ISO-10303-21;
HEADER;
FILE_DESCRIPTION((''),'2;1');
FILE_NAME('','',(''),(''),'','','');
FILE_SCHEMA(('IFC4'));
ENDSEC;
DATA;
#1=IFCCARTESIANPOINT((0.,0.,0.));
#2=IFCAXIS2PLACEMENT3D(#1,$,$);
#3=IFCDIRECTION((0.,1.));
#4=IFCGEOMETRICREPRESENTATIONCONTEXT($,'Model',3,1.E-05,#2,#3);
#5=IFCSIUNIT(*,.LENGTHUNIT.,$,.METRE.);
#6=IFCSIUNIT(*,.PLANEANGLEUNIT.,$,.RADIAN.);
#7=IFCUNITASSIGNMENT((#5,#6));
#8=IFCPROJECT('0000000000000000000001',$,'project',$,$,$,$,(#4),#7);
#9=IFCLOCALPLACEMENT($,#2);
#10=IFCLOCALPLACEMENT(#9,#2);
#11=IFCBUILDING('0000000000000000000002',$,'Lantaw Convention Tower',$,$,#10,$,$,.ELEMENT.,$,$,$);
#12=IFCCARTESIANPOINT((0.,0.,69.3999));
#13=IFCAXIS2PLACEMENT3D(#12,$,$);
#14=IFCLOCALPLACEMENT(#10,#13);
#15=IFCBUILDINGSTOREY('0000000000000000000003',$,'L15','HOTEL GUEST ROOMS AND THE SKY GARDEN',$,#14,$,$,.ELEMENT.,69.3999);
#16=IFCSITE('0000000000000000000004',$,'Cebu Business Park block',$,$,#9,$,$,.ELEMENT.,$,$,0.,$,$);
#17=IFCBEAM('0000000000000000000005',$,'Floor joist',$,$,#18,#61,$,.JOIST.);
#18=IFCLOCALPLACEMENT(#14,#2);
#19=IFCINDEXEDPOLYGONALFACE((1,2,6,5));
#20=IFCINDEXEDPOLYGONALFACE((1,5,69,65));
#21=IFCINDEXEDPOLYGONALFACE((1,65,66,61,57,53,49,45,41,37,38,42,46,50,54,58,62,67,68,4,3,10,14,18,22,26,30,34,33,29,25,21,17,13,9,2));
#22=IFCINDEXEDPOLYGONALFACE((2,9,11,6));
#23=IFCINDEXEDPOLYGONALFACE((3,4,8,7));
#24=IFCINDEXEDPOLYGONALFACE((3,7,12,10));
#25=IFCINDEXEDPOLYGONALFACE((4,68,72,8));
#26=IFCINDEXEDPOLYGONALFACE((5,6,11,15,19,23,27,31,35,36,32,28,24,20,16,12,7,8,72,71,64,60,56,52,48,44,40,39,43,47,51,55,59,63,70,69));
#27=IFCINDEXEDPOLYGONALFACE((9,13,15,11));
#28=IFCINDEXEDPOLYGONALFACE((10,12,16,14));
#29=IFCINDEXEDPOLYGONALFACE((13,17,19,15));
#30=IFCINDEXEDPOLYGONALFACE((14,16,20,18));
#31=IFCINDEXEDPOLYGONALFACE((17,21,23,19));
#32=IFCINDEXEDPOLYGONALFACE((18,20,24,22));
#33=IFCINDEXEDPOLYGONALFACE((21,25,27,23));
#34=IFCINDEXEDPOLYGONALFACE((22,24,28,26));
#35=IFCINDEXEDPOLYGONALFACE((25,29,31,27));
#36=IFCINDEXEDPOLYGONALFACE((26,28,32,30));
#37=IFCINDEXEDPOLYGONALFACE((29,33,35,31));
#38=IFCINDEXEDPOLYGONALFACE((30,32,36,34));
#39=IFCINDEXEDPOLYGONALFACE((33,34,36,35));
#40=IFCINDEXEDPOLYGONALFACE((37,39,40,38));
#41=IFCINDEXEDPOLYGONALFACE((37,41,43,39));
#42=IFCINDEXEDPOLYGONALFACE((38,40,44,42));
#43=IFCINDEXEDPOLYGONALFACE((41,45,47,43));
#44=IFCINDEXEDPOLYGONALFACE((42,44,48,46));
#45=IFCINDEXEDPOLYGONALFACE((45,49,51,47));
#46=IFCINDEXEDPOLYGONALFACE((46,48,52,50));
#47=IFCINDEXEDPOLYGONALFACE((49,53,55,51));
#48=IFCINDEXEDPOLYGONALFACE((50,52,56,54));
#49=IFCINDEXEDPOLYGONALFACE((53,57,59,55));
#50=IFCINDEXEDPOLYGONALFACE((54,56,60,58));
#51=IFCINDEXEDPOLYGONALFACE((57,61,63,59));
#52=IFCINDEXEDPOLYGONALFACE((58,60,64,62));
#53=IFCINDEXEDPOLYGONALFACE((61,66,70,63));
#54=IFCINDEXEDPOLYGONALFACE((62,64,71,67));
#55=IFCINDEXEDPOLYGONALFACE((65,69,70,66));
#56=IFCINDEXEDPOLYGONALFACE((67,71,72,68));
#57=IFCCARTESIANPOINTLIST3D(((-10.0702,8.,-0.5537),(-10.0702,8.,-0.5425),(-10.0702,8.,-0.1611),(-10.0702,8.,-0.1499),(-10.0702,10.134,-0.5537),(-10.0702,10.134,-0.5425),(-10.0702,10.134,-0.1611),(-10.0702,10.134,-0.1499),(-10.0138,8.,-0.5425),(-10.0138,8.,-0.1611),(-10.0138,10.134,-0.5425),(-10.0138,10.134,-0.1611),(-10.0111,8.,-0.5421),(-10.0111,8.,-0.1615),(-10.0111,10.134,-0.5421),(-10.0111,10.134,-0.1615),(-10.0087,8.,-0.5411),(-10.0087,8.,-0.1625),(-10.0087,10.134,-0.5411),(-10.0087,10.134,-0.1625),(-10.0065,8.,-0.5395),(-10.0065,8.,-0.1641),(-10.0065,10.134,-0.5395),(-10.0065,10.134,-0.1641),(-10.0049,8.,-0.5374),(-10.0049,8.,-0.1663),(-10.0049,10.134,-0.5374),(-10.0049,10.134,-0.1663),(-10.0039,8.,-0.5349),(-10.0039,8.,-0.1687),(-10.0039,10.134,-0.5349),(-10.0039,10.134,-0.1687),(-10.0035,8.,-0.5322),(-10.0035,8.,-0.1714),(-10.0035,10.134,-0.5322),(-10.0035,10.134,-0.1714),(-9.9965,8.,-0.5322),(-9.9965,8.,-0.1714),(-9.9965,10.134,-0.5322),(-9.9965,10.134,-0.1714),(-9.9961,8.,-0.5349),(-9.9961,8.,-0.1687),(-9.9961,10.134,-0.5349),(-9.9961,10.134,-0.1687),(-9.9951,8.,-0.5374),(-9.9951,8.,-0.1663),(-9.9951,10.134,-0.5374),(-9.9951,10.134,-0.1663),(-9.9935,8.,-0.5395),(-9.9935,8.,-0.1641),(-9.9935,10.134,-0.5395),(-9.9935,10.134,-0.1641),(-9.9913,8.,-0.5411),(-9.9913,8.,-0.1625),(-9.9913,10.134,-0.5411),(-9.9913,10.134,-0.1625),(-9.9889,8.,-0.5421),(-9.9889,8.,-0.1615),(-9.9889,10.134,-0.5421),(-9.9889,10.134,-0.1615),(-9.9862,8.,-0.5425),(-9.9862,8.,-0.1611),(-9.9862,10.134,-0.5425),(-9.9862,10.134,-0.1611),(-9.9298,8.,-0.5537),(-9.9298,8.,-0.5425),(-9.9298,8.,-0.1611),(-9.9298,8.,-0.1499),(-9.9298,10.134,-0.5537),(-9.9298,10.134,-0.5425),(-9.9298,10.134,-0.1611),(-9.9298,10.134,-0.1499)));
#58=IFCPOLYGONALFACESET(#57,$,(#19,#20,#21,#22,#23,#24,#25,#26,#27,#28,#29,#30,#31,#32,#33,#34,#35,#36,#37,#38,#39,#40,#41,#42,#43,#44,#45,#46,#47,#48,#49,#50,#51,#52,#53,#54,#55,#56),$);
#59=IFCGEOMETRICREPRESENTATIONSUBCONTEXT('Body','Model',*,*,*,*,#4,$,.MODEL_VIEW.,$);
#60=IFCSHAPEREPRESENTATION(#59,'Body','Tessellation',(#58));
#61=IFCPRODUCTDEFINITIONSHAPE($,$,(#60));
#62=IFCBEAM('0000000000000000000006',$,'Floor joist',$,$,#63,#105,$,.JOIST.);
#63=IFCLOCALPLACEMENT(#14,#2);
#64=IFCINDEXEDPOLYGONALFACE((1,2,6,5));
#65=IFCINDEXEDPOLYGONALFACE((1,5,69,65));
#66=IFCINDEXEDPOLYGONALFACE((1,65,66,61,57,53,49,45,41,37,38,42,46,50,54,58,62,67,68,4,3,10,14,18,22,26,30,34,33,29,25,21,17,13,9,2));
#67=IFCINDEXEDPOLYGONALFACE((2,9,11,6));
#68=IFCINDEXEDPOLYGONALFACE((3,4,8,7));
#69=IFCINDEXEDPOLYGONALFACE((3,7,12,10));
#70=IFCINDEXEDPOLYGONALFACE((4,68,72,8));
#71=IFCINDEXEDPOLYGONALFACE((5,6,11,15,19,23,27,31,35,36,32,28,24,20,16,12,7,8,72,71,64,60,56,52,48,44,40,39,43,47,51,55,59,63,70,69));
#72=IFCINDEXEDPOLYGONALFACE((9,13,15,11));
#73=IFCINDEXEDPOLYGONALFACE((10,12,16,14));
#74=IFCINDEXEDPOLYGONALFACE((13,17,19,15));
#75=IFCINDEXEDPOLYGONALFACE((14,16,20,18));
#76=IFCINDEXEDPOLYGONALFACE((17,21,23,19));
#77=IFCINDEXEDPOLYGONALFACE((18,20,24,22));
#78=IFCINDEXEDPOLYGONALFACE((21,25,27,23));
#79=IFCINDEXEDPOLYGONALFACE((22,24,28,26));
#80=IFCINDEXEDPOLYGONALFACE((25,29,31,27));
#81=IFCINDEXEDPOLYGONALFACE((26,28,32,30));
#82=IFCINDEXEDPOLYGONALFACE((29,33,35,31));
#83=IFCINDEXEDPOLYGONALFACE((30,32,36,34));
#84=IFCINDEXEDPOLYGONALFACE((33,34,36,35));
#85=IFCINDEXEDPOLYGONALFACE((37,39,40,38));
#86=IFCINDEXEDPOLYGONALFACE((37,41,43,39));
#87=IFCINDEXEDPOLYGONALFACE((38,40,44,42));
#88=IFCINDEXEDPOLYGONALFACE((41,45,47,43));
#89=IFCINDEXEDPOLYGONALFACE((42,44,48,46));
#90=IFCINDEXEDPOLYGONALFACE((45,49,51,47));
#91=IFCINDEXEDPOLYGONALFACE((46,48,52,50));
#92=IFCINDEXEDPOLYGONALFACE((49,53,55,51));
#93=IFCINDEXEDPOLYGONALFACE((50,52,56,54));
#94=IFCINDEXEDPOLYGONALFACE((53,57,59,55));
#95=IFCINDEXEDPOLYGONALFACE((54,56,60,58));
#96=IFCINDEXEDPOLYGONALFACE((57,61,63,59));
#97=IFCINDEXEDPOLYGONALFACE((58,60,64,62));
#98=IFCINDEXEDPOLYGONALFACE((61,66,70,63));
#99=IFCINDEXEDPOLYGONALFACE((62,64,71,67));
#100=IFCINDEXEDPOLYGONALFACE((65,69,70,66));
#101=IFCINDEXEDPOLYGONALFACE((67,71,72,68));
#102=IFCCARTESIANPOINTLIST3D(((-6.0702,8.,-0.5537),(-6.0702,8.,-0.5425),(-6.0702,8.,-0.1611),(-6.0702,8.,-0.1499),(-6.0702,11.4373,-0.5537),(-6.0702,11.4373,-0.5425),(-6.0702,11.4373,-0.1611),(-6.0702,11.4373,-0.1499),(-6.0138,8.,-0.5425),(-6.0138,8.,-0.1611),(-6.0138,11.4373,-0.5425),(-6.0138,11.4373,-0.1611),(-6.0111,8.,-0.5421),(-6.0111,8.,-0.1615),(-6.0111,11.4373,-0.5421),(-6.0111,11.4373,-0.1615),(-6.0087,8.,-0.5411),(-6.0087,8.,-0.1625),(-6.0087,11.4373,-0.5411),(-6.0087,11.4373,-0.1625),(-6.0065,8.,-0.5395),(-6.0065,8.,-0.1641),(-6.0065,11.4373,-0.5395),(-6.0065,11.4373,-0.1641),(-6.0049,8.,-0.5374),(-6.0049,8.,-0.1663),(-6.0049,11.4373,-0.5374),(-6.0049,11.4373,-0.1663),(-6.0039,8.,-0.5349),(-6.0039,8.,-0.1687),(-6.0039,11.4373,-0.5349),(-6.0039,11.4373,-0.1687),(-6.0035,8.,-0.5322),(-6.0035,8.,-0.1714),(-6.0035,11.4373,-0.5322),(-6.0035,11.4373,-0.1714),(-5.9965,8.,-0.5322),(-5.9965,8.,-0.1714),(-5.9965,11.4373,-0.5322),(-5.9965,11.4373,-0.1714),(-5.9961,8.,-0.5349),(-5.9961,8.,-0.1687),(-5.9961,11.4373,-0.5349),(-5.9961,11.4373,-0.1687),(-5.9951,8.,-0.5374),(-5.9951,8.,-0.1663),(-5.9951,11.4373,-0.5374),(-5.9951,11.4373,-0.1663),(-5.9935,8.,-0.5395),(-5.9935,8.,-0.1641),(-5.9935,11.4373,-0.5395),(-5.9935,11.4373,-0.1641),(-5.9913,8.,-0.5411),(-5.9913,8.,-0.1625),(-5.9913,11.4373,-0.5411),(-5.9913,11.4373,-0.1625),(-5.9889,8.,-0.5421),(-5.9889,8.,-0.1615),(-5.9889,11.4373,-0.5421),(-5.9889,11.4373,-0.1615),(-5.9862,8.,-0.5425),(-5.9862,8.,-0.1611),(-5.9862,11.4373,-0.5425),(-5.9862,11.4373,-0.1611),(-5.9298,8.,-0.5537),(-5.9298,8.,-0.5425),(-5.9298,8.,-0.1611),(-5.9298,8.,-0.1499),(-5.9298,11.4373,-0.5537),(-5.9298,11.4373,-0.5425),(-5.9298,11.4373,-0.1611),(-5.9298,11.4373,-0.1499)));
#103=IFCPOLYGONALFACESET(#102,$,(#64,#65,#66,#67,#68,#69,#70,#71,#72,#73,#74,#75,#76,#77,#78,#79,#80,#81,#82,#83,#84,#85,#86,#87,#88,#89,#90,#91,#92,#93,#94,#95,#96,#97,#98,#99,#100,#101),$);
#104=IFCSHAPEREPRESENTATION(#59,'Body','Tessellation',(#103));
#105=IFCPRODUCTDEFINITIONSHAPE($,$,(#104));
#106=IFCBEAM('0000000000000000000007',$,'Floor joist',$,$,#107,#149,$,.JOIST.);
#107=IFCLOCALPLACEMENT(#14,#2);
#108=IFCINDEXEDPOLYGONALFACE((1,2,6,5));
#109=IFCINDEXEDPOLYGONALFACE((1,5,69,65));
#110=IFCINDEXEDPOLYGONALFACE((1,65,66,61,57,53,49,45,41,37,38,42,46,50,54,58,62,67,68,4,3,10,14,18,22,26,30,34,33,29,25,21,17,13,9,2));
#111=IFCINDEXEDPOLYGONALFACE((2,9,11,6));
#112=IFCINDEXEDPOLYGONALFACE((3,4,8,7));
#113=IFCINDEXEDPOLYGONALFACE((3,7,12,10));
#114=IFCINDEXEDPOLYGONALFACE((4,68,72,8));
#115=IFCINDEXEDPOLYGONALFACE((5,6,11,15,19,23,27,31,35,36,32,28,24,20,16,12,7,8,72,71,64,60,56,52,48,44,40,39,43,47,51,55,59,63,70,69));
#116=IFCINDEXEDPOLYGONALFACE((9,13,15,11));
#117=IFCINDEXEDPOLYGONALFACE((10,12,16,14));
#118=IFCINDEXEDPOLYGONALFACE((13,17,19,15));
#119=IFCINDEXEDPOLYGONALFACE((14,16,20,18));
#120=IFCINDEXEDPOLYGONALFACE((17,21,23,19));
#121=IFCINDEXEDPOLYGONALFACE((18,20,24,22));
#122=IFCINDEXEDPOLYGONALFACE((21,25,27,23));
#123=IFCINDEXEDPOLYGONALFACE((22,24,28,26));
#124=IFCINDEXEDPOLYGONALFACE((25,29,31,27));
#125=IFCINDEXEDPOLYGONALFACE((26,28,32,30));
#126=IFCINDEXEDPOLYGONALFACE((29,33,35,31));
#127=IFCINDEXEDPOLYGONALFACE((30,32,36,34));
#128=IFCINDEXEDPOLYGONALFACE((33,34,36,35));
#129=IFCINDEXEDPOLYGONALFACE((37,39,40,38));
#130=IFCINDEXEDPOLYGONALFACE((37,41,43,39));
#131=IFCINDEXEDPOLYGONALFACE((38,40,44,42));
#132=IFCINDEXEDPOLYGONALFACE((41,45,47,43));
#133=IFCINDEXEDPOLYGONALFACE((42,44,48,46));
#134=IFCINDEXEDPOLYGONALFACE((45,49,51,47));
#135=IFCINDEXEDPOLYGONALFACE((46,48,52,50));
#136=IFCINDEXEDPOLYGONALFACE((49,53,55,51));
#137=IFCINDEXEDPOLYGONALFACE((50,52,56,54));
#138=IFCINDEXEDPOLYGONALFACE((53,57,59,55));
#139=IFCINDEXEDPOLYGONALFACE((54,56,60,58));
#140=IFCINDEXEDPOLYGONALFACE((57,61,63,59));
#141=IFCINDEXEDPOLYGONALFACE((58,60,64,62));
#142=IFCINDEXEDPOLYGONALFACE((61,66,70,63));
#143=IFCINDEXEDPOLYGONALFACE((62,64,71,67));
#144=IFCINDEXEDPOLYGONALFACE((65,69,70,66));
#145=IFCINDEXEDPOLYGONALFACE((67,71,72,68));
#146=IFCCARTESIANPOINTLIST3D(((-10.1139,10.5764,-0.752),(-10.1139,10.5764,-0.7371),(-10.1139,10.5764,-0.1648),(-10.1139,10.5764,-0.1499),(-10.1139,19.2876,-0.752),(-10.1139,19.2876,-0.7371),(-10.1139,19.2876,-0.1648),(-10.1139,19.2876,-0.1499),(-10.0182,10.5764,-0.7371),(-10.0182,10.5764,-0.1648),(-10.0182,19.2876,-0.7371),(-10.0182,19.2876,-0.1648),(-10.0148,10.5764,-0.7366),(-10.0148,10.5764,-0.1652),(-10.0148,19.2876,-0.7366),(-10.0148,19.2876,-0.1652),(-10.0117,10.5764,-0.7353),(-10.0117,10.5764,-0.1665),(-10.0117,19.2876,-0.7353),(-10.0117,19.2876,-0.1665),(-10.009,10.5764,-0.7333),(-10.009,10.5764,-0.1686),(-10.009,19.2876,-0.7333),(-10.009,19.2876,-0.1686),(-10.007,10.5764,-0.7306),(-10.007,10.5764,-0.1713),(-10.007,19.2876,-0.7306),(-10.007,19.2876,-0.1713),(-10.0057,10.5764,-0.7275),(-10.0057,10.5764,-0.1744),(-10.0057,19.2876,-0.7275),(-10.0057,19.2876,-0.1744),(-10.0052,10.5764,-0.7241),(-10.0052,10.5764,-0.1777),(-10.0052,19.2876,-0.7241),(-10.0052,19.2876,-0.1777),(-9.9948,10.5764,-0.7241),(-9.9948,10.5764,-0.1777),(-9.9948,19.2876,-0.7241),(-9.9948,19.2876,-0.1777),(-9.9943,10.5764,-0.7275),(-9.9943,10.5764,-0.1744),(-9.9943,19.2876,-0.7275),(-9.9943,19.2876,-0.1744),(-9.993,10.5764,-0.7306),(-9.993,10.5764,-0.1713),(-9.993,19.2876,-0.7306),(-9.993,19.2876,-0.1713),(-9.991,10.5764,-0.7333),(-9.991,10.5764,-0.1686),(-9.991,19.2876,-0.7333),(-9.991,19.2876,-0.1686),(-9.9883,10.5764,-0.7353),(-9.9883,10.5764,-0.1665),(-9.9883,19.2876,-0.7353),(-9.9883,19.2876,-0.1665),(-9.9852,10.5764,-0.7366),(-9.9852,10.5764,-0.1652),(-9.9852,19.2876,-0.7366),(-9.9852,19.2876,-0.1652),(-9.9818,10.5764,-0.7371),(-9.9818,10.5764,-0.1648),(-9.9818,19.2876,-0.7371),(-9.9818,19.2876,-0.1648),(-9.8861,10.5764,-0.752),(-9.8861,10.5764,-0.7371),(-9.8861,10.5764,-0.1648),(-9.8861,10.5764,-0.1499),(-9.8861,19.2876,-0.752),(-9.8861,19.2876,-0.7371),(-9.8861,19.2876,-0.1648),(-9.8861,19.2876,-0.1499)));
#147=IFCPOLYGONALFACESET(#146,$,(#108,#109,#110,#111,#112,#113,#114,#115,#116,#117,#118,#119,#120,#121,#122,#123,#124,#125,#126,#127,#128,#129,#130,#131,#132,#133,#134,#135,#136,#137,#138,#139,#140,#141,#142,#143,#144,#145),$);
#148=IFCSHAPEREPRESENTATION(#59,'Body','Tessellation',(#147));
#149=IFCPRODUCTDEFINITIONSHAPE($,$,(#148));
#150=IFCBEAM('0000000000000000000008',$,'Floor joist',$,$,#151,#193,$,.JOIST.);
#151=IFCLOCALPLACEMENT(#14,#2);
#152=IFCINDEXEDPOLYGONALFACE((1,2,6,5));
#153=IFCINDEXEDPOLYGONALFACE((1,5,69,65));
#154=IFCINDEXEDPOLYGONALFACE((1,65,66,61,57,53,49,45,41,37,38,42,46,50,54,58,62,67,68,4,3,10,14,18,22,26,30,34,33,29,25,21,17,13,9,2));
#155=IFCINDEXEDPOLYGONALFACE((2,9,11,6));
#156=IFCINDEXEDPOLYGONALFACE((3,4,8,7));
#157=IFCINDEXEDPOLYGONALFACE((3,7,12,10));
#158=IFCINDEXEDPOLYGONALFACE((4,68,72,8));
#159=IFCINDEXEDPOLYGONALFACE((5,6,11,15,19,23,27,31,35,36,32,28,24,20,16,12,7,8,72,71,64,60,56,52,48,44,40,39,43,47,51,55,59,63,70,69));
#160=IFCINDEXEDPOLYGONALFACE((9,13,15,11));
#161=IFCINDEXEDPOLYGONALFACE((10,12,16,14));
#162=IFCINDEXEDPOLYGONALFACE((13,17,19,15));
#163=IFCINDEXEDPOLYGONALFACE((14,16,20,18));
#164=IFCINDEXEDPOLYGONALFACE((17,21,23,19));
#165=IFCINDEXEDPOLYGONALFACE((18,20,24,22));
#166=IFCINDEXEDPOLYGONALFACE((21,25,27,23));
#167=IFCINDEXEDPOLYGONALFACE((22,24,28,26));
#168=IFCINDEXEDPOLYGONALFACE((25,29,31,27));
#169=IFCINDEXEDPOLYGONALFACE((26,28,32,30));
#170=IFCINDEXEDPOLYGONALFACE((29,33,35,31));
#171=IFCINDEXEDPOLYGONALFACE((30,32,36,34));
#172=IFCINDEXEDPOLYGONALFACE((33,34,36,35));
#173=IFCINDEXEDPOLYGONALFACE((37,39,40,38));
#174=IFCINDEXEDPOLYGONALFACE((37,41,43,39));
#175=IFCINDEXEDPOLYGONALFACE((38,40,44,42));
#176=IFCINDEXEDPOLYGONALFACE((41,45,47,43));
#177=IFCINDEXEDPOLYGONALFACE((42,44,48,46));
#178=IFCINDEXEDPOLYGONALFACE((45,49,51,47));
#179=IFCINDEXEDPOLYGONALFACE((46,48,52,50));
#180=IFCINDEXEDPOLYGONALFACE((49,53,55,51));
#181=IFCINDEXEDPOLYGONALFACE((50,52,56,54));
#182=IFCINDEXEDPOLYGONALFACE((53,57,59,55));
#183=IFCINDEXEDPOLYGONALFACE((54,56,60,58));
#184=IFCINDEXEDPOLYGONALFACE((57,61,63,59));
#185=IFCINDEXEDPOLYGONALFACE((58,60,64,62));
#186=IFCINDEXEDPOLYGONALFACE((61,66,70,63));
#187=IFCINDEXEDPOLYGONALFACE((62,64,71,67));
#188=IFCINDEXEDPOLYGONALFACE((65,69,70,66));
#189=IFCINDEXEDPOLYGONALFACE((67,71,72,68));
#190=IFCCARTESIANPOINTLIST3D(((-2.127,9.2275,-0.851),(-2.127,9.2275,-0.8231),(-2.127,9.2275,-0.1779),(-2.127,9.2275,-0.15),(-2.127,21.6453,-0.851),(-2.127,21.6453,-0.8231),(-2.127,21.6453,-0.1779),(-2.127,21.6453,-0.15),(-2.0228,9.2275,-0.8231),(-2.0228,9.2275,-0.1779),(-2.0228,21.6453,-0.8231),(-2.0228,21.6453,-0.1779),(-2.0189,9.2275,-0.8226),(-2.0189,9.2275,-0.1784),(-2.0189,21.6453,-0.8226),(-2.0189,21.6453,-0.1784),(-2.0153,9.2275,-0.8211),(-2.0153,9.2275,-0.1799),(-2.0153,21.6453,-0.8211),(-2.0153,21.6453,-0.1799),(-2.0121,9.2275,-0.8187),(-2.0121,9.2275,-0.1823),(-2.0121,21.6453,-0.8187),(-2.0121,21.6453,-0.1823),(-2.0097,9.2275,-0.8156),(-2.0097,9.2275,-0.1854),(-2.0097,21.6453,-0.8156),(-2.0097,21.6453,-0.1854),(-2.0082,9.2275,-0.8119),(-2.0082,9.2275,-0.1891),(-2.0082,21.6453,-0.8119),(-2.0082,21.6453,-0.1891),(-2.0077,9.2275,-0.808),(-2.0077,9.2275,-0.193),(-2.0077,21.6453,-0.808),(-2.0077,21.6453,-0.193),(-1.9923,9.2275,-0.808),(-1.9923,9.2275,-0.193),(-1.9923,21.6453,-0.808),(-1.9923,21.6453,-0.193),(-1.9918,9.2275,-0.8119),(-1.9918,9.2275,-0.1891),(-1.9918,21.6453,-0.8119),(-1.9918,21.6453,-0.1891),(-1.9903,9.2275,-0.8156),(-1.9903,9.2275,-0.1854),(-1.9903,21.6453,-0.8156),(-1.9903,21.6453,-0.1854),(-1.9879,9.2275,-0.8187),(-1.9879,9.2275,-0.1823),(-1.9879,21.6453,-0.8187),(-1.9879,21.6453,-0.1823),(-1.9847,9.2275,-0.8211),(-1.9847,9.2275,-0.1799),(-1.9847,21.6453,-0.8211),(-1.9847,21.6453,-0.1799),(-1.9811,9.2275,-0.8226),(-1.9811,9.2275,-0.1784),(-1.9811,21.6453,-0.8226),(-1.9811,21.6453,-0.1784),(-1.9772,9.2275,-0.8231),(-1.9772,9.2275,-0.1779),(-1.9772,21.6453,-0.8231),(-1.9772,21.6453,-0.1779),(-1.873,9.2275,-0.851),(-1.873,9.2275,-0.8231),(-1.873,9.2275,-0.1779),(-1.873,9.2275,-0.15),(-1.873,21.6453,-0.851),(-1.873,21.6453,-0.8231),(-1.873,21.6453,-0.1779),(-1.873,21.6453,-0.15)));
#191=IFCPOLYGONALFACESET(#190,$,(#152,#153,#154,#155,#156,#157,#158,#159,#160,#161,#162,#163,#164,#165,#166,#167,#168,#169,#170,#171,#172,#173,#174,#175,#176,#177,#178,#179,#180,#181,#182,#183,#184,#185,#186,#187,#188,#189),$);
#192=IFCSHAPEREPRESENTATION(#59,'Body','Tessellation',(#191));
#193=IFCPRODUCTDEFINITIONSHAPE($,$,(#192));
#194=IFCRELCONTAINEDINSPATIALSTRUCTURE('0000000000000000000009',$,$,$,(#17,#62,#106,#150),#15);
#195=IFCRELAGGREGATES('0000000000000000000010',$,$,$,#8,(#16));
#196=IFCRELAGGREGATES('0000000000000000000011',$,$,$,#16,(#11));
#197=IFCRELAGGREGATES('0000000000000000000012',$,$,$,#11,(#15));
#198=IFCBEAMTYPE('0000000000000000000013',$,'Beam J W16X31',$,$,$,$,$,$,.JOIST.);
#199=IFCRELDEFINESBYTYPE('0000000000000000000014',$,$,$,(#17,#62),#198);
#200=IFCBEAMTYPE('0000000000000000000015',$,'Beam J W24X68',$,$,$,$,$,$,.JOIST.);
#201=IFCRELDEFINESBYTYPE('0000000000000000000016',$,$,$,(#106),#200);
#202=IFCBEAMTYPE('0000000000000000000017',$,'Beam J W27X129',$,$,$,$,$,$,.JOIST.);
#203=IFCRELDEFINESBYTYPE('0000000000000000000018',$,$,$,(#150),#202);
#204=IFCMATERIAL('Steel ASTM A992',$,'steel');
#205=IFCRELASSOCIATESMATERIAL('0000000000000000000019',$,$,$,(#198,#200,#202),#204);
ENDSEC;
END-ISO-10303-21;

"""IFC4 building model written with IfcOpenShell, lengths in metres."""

from ifc_helpers import new_model, si_unit, direction, frame, origin, origin_2d, place, context, subcontext, project, spatial, i_section, extrude, material, material_profile, profile_set, type_object, element, save


model = new_model("IFC4")

# Units and contexts
model_context = context("Model", 3, precision=1e-05, world=origin(), true_north=direction((0.0, 1.0)))
body_context = subcontext(model_context, "Body", "Model", "MODEL_VIEW")
ifc_project = project(units=[si_unit("LENGTHUNIT", "METRE"), si_unit("PLANEANGLEUNIT", "RADIAN")], contexts=[model_context])

# Site, building, storey
site_placement = place(None, origin())
site = spatial("IfcSite", under=ifc_project, at=site_placement, Name="Cebu Business Park block", CompositionType="ELEMENT", RefElevation=0.0)
building_placement = place(site_placement, origin())
building = spatial("IfcBuilding", under=site, at=building_placement, Name="Lantaw Convention Tower", CompositionType="ELEMENT")
storey_placement = place(building_placement, frame((0.0, 0.0, 69.3999)))
storey = spatial("IfcBuildingStorey", under=building, at=storey_placement, Name="L15", Description="HOTEL GUEST ROOMS AND THE SKY GARDEN", CompositionType="ELEMENT", Elevation=69.3999)

# Beams
ifc_material_1 = material(Name="Steel ASTM A992", Category="steel")
ifc_material_profile_1 = material_profile(ifc_material_1, i_section(OverallWidth=0.1404, OverallDepth=0.4038, WebThickness=0.0071, FlangeThickness=0.0112, FilletRadius=0.0103, at=origin_2d()), Name="W16X31")
ifc_profile_set_1 = profile_set([ifc_material_profile_1], Name="Steel ASTM A992")
beam_type_1 = type_object("IfcBeamType", Name="Beam J W16X31", PredefinedType="JOIST", material=ifc_profile_set_1)
beam_1_placement = place(storey_placement, frame((-10.0, 8.0, -0.3518), z_axis=(0.0, 1.0, 0.0), x_axis=(-1.0, 0.0, 0.0)))
element("IfcBeam", 1, at=beam_1_placement, inside=storey, type_object=beam_type_1, Name="Floor joist", PredefinedType="JOIST", context=body_context, shape_type="SweptSolid", body=[
    extrude(i_section(OverallWidth=0.1404, OverallDepth=0.4038, WebThickness=0.0071, FlangeThickness=0.0112, FilletRadius=0.0103, at=origin_2d()), origin(), (0.0, 0.0, 1.0), 2.134),
])
beam_2_placement = place(storey_placement, frame((-6.0, 8.0, -0.3518), z_axis=(0.0, 1.0, 0.0), x_axis=(-1.0, 0.0, 0.0)))
element("IfcBeam", 2, at=beam_2_placement, inside=storey, type_object=beam_type_1, Name="Floor joist", PredefinedType="JOIST", context=body_context, shape_type="SweptSolid", body=[
    extrude(i_section(OverallWidth=0.1404, OverallDepth=0.4038, WebThickness=0.0071, FlangeThickness=0.0112, FilletRadius=0.0103, at=origin_2d()), origin(), (0.0, 0.0, 1.0), 3.4373),
])
ifc_material_profile_2 = material_profile(ifc_material_1, i_section(OverallWidth=0.2278, OverallDepth=0.6021, WebThickness=0.0105, FlangeThickness=0.0149, FilletRadius=0.0129, at=origin_2d()), Name="W24X68")
ifc_profile_set_2 = profile_set([ifc_material_profile_2], Name="Steel ASTM A992")
beam_type_2 = type_object("IfcBeamType", Name="Beam J W24X68", PredefinedType="JOIST", material=ifc_profile_set_2)
beam_3_placement = place(storey_placement, frame((-10.0, 10.5764, -0.4509), z_axis=(0.0, 1.0, 0.0), x_axis=(-1.0, 0.0, 0.0)))
element("IfcBeam", 3, at=beam_3_placement, inside=storey, type_object=beam_type_2, Name="Floor joist", PredefinedType="JOIST", context=body_context, shape_type="SweptSolid", body=[
    extrude(i_section(OverallWidth=0.2278, OverallDepth=0.6021, WebThickness=0.0105, FlangeThickness=0.0149, FilletRadius=0.0129, at=origin_2d()), origin(), (0.0, 0.0, 1.0), 8.7112),
])
ifc_material_profile_3 = material_profile(ifc_material_1, i_section(OverallWidth=0.2539, OverallDepth=0.7009, WebThickness=0.0154, FlangeThickness=0.0278, FilletRadius=0.0151, at=origin_2d()), Name="W27X129")
ifc_profile_set_3 = profile_set([ifc_material_profile_3], Name="Steel ASTM A992")
beam_type_3 = type_object("IfcBeamType", Name="Beam J W27X129", PredefinedType="JOIST", material=ifc_profile_set_3)
beam_4_placement = place(storey_placement, frame((-2.0, 9.2275, -0.5005), z_axis=(0.0, 1.0, 0.0), x_axis=(-1.0, 0.0, 0.0)))
element("IfcBeam", 4, at=beam_4_placement, inside=storey, type_object=beam_type_3, Name="Floor joist", PredefinedType="JOIST", context=body_context, shape_type="SweptSolid", body=[
    extrude(i_section(OverallWidth=0.2539, OverallDepth=0.7009, WebThickness=0.0154, FlangeThickness=0.0278, FilletRadius=0.0151, at=origin_2d()), origin(), (0.0, 0.0, 1.0), 12.4177),
])

save(model, "model.ifc")
